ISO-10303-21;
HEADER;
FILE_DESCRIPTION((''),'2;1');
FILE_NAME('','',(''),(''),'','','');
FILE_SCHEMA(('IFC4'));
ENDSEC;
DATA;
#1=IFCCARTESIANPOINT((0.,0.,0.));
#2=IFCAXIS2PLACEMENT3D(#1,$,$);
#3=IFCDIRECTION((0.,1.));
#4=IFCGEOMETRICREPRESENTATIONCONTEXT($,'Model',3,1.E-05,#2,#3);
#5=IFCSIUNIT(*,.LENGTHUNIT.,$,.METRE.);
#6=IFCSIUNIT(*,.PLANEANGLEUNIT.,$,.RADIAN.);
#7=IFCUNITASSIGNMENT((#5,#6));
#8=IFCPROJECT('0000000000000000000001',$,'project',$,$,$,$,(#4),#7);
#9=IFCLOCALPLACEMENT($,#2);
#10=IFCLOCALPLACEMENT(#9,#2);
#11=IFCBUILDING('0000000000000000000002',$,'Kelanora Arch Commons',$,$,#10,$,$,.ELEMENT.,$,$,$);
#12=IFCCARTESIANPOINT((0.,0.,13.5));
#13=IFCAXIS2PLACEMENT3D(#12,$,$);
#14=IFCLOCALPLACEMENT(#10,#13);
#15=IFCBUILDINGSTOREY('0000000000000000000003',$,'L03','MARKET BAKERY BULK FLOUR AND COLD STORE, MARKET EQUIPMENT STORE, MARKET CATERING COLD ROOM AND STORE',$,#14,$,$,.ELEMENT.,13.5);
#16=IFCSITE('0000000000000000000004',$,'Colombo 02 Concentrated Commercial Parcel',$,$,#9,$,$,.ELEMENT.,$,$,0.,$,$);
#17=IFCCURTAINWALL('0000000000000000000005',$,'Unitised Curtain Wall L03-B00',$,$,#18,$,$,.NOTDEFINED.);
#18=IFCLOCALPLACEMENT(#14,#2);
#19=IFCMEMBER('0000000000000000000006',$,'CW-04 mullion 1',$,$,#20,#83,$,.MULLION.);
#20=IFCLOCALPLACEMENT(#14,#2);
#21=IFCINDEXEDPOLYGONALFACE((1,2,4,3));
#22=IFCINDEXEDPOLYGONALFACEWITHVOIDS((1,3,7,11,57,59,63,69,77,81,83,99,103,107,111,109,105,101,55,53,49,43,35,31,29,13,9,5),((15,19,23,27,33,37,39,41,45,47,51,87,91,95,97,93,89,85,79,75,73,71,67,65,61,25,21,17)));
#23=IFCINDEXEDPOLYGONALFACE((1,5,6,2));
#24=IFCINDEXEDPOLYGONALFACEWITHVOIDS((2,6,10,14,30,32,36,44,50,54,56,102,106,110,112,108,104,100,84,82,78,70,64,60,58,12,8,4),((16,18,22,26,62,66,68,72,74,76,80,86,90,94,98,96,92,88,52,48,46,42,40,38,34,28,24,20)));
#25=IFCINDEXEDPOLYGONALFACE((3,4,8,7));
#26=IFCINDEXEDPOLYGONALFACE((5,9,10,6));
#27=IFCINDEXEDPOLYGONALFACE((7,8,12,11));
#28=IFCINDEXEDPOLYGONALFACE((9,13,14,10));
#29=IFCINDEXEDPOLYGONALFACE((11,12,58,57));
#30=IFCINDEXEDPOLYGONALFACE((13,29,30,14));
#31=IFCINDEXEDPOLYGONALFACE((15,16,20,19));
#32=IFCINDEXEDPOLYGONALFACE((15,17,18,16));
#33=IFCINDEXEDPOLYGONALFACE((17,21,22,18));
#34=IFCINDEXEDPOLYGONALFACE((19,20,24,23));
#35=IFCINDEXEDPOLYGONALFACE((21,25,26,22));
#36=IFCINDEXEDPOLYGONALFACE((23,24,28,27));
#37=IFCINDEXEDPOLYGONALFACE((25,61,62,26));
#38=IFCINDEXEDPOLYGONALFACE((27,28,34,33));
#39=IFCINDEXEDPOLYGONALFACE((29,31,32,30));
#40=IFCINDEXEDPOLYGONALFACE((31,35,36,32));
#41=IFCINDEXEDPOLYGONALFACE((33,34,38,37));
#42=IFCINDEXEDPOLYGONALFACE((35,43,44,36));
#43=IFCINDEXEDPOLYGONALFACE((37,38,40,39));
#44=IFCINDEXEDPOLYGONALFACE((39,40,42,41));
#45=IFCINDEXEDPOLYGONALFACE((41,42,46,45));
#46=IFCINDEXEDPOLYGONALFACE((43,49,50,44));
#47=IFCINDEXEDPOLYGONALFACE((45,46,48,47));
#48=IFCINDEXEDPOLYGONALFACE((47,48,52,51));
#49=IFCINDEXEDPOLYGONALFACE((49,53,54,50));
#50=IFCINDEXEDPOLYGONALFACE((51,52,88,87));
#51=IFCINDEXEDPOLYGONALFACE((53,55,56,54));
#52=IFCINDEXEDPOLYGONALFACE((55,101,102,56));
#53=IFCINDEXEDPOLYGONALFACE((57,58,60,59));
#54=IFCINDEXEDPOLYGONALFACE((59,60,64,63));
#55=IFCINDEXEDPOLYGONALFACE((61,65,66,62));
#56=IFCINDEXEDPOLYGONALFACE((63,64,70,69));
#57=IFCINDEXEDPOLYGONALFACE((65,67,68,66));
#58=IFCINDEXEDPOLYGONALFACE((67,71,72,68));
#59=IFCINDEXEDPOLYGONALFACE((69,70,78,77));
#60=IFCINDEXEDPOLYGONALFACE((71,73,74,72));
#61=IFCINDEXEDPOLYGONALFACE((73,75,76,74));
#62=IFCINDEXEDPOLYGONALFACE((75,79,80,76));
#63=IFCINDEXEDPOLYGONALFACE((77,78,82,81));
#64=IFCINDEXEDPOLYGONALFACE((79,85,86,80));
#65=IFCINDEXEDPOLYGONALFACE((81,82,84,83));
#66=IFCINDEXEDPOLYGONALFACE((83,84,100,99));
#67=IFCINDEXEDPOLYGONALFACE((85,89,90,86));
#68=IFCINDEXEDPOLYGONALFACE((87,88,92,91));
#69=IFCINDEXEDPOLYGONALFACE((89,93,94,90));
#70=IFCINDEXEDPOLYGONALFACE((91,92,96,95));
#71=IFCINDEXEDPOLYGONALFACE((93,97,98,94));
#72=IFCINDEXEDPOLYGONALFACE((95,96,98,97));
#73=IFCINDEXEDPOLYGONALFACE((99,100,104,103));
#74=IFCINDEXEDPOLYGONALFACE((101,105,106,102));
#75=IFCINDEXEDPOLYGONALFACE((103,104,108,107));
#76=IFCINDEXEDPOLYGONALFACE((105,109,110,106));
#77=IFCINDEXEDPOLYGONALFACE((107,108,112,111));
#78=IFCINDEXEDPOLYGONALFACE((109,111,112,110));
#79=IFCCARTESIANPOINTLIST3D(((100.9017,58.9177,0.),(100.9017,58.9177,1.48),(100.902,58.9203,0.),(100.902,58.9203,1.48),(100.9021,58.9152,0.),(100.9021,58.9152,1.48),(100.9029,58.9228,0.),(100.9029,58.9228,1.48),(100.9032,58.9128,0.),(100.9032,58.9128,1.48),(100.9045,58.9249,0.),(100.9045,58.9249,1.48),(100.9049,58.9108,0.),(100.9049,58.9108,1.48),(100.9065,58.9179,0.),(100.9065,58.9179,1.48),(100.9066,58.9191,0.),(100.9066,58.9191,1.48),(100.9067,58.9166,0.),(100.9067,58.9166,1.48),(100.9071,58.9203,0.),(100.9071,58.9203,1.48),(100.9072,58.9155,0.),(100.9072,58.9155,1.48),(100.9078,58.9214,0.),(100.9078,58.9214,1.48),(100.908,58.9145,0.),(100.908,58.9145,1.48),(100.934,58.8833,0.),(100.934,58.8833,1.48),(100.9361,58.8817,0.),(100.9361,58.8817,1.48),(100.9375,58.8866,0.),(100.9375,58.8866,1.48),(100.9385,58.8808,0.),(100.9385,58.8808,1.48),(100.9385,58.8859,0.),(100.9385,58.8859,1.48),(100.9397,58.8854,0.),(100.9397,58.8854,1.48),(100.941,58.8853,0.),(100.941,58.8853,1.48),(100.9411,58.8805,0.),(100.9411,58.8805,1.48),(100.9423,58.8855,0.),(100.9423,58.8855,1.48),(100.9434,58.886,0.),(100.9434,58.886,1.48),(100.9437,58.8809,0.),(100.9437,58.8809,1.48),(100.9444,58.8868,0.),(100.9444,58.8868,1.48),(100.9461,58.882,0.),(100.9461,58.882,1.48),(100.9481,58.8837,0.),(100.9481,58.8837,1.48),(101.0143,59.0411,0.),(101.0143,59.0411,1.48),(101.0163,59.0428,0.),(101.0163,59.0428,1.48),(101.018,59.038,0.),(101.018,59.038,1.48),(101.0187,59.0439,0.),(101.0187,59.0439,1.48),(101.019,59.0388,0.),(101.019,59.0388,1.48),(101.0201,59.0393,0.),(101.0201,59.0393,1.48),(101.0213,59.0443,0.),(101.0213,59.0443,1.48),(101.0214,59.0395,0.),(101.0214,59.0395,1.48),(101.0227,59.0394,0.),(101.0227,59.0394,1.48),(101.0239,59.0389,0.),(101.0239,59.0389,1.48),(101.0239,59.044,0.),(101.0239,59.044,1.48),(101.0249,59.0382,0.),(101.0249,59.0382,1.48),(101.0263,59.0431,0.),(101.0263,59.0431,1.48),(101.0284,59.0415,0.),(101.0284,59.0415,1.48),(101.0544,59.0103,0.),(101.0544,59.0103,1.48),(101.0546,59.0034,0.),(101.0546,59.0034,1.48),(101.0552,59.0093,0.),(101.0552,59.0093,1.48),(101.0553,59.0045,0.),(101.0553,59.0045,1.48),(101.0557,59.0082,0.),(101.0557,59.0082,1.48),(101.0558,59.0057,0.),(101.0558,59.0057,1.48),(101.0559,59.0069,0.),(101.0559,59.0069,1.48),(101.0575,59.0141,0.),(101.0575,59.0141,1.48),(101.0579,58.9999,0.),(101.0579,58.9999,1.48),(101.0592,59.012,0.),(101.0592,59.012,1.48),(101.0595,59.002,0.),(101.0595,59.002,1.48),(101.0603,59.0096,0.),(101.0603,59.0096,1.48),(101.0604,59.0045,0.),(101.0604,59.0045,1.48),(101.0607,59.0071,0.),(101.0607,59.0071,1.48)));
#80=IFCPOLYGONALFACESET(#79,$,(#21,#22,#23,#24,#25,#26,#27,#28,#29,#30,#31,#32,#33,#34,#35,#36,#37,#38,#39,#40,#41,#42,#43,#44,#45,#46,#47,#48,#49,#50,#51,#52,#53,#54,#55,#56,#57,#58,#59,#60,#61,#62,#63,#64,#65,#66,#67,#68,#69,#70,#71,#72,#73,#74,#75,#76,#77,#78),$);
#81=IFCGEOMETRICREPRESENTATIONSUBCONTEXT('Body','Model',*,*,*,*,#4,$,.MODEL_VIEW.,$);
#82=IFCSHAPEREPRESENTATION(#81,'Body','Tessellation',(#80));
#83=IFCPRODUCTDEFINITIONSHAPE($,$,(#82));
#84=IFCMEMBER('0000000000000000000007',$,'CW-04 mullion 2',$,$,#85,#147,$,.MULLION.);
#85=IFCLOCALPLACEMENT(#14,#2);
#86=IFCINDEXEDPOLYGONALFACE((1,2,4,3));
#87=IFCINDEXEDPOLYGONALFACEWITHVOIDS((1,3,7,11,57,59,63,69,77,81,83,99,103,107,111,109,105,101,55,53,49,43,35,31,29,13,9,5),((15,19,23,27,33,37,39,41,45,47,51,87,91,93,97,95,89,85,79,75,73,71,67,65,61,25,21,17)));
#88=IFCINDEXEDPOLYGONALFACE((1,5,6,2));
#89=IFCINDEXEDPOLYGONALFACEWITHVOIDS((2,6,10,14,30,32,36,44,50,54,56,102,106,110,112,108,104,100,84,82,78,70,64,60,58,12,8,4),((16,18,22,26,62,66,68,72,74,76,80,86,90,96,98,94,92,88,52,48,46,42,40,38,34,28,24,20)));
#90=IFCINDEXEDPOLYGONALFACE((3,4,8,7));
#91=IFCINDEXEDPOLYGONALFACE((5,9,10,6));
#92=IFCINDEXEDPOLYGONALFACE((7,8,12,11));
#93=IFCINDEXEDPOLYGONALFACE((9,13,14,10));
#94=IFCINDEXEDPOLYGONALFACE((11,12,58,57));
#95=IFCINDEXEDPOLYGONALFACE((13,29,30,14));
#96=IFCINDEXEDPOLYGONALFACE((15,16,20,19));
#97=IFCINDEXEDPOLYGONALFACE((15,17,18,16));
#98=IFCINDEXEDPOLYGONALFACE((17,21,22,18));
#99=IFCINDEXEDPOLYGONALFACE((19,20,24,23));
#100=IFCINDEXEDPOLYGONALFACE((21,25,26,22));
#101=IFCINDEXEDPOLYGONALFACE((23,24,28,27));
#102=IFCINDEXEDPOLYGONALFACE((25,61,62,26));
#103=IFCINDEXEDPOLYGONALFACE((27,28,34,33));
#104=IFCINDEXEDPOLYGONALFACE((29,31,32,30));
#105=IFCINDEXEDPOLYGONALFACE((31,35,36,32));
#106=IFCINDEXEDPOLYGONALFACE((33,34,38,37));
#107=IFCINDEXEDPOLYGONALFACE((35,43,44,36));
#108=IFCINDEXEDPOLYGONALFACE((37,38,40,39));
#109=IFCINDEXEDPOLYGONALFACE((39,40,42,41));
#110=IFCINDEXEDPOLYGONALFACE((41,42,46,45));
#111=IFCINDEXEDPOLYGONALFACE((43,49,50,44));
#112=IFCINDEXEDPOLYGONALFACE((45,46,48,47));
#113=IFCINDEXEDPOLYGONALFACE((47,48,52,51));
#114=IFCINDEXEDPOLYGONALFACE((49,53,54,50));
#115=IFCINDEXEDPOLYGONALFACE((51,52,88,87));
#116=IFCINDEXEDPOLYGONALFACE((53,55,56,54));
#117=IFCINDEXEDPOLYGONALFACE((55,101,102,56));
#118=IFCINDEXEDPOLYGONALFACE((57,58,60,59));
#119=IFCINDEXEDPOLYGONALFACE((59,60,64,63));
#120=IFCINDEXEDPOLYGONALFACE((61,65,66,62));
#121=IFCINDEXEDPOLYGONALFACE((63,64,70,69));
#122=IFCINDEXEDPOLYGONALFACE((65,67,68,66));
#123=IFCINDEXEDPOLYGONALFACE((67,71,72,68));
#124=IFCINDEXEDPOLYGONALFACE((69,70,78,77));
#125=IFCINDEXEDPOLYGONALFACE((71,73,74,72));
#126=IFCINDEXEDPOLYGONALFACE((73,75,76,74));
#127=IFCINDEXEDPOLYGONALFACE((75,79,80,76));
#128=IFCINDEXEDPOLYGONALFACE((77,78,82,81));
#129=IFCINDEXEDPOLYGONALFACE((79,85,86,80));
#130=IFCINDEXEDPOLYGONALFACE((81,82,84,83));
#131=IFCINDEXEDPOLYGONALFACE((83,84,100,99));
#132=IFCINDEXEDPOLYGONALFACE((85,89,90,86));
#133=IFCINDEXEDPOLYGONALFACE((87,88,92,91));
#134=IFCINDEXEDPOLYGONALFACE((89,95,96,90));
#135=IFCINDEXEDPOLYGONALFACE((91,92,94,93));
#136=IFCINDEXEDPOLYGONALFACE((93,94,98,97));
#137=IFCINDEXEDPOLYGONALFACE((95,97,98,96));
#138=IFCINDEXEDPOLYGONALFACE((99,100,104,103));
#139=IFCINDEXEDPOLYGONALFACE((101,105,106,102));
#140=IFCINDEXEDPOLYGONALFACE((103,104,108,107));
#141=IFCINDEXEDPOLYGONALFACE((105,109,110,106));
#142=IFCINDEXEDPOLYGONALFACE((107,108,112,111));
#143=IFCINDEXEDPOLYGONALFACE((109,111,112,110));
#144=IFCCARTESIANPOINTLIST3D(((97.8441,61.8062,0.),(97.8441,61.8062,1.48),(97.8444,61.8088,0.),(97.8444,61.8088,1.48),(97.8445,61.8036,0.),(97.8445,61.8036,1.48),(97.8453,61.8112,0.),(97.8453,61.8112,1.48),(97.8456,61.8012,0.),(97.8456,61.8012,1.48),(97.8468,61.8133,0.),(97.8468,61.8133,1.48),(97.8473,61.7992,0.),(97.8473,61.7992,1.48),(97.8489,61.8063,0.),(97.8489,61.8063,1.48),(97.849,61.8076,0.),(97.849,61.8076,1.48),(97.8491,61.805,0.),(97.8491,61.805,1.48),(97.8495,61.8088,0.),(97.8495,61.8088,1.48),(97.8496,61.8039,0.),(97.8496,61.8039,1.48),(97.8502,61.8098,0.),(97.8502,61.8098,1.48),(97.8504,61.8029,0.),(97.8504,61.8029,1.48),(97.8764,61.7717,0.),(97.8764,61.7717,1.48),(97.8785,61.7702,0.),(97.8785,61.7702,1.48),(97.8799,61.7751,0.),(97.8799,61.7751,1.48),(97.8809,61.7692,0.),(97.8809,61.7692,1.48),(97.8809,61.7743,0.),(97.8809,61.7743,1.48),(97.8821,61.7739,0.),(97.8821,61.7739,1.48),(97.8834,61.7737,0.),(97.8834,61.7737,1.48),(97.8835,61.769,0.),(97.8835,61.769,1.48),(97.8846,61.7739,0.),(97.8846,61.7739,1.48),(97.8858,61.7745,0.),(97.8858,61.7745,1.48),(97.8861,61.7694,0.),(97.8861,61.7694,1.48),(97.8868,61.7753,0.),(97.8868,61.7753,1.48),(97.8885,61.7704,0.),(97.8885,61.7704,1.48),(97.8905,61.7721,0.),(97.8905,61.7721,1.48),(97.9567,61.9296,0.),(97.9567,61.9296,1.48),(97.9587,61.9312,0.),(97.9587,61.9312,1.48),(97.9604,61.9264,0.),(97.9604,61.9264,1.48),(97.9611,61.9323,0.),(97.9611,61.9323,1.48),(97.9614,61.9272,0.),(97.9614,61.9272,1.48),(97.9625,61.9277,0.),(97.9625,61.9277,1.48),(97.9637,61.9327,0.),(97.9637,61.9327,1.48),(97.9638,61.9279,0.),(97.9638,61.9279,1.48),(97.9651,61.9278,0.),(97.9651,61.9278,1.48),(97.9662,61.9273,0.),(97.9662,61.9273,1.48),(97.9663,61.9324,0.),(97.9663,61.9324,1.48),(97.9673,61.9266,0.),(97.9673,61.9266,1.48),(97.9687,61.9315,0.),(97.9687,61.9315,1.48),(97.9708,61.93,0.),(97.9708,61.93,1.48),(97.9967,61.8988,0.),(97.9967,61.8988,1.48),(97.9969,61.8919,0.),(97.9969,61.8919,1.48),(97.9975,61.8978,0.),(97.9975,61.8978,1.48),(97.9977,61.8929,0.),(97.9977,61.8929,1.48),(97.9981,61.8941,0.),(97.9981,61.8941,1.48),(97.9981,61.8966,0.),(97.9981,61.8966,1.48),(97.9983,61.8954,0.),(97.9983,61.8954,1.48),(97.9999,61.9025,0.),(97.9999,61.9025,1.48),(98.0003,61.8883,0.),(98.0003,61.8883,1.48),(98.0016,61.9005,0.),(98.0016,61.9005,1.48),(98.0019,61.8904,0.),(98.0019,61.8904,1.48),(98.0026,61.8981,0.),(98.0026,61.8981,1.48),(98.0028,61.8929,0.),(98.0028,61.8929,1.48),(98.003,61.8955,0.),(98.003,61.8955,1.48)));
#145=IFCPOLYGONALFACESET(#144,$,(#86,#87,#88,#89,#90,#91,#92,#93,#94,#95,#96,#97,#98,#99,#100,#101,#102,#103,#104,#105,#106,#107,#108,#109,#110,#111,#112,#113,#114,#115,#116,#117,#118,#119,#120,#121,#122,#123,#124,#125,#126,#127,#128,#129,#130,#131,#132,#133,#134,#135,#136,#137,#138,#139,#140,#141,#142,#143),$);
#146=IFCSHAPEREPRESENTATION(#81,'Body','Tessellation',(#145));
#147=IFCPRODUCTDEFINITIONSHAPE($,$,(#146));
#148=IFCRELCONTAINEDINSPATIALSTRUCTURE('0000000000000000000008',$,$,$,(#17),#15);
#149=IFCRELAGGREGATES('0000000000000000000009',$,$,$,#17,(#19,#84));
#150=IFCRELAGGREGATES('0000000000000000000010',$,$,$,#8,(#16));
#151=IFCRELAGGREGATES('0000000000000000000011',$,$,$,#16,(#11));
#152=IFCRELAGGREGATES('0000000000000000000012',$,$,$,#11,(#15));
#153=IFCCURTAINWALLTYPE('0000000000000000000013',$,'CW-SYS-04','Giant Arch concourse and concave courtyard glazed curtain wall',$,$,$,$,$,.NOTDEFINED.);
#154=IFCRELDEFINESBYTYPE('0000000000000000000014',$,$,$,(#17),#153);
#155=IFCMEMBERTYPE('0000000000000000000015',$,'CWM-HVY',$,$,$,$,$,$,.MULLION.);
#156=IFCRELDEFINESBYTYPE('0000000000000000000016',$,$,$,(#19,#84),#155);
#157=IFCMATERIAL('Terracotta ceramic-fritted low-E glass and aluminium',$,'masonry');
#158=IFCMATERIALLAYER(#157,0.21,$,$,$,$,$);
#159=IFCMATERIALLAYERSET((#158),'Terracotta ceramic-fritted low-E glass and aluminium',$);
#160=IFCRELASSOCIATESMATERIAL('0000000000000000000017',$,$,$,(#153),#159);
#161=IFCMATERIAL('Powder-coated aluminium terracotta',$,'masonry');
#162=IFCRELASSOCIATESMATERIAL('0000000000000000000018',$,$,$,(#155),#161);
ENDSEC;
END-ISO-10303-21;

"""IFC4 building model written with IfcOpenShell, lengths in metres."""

from ifc_helpers import new_model, si_unit, direction, frame, origin, origin_2d, place, context, subcontext, project, spatial, hollow_rectangle, extrude, material, layer, layer_set, material_profile, profile_set, type_object, element, aggregate, save


model = new_model("IFC4")

# Units and contexts
model_context = context("Model", 3, precision=1e-05, world=origin(), true_north=direction((0.0, 1.0)))
body_context = subcontext(model_context, "Body", "Model", "MODEL_VIEW")
ifc_project = project(units=[si_unit("LENGTHUNIT", "METRE"), si_unit("PLANEANGLEUNIT", "RADIAN")], contexts=[model_context])

# Site, building, storey
site_placement = place(None, origin())
site = spatial("IfcSite", under=ifc_project, at=site_placement, Name="Colombo 02 Concentrated Commercial Parcel", CompositionType="ELEMENT", RefElevation=0.0)
building_placement = place(site_placement, origin())
building = spatial("IfcBuilding", under=site, at=building_placement, Name="Kelanora Arch Commons", CompositionType="ELEMENT")
storey_placement = place(building_placement, frame((0.0, 0.0, 13.5)))
storey = spatial("IfcBuildingStorey", under=building, at=storey_placement, Name="L03", Description="MARKET BAKERY BULK FLOUR AND COLD STORE, MARKET EQUIPMENT STORE, MARKET CATERING COLD ROOM AND STORE", CompositionType="ELEMENT", Elevation=13.5)

# Curtain wall, members
ifc_material_1 = material(Name="Terracotta ceramic-fritted low-E glass and aluminium", Category="masonry")
ifc_layer_1 = layer(ifc_material_1, 0.21)
ifc_layer_set_1 = layer_set([ifc_layer_1], Name="Terracotta ceramic-fritted low-E glass and aluminium")
curtain_wall_type = type_object("IfcCurtainWallType", Name="CW-SYS-04", Description="Giant Arch concourse and concave courtyard glazed curtain wall", PredefinedType="NOTDEFINED", material=ifc_layer_set_1)
curtain_wall_1_placement = place(storey_placement, origin())
curtain_wall_1 = element("IfcCurtainWall", 1, at=curtain_wall_1_placement, inside=storey, type_object=curtain_wall_type, Name="Unitised Curtain Wall L03-B00", PredefinedType="NOTDEFINED")
ifc_material_2 = material(Name="Powder-coated aluminium terracotta", Category="masonry")
ifc_material_profile_1 = material_profile(ifc_material_2, hollow_rectangle(XDim=0.1799, YDim=0.0601, WallThickness=0.0049, InnerFilletRadius=0.0049, OuterFilletRadius=0.01, at=origin_2d()), Name="CWM180x60")
ifc_profile_set_1 = profile_set([ifc_material_profile_1], Name="Powder-coated aluminium terracotta")
member_type_1 = type_object("IfcMemberType", Name="CWM-HVY", PredefinedType="MULLION", material=ifc_profile_set_1)
member_1_placement = place(storey_placement, frame((100.9812, 58.9624, 0.0), z_axis=(0.0, 0.0, 1.0), x_axis=(-0.68672, -0.726922, 0.0)))
member_1 = element("IfcMember", 2, at=member_1_placement, type_object=member_type_1, Name="CW-04 mullion 1", PredefinedType="MULLION", context=body_context, shape_type="SweptSolid", body=[
    extrude(hollow_rectangle(XDim=0.1799, YDim=0.0601, WallThickness=0.0049, InnerFilletRadius=0.0049, OuterFilletRadius=0.01, at=origin_2d()), origin(), (0.0, 0.0, 1.0), 1.48),
])
member_2_placement = place(storey_placement, frame((97.9236, 61.8508, 0.0), z_axis=(0.0, 0.0, 1.0), x_axis=(-0.68672, -0.726922, 0.0)))
member_2 = element("IfcMember", 3, at=member_2_placement, type_object=member_type_1, Name="CW-04 mullion 2", PredefinedType="MULLION", context=body_context, shape_type="SweptSolid", body=[
    extrude(hollow_rectangle(XDim=0.1799, YDim=0.0601, WallThickness=0.0049, InnerFilletRadius=0.0049, OuterFilletRadius=0.01, at=origin_2d()), origin(), (0.0, 0.0, 1.0), 1.48),
])

aggregate(curtain_wall_1, [member_1, member_2])

save(model, "model.ifc")
